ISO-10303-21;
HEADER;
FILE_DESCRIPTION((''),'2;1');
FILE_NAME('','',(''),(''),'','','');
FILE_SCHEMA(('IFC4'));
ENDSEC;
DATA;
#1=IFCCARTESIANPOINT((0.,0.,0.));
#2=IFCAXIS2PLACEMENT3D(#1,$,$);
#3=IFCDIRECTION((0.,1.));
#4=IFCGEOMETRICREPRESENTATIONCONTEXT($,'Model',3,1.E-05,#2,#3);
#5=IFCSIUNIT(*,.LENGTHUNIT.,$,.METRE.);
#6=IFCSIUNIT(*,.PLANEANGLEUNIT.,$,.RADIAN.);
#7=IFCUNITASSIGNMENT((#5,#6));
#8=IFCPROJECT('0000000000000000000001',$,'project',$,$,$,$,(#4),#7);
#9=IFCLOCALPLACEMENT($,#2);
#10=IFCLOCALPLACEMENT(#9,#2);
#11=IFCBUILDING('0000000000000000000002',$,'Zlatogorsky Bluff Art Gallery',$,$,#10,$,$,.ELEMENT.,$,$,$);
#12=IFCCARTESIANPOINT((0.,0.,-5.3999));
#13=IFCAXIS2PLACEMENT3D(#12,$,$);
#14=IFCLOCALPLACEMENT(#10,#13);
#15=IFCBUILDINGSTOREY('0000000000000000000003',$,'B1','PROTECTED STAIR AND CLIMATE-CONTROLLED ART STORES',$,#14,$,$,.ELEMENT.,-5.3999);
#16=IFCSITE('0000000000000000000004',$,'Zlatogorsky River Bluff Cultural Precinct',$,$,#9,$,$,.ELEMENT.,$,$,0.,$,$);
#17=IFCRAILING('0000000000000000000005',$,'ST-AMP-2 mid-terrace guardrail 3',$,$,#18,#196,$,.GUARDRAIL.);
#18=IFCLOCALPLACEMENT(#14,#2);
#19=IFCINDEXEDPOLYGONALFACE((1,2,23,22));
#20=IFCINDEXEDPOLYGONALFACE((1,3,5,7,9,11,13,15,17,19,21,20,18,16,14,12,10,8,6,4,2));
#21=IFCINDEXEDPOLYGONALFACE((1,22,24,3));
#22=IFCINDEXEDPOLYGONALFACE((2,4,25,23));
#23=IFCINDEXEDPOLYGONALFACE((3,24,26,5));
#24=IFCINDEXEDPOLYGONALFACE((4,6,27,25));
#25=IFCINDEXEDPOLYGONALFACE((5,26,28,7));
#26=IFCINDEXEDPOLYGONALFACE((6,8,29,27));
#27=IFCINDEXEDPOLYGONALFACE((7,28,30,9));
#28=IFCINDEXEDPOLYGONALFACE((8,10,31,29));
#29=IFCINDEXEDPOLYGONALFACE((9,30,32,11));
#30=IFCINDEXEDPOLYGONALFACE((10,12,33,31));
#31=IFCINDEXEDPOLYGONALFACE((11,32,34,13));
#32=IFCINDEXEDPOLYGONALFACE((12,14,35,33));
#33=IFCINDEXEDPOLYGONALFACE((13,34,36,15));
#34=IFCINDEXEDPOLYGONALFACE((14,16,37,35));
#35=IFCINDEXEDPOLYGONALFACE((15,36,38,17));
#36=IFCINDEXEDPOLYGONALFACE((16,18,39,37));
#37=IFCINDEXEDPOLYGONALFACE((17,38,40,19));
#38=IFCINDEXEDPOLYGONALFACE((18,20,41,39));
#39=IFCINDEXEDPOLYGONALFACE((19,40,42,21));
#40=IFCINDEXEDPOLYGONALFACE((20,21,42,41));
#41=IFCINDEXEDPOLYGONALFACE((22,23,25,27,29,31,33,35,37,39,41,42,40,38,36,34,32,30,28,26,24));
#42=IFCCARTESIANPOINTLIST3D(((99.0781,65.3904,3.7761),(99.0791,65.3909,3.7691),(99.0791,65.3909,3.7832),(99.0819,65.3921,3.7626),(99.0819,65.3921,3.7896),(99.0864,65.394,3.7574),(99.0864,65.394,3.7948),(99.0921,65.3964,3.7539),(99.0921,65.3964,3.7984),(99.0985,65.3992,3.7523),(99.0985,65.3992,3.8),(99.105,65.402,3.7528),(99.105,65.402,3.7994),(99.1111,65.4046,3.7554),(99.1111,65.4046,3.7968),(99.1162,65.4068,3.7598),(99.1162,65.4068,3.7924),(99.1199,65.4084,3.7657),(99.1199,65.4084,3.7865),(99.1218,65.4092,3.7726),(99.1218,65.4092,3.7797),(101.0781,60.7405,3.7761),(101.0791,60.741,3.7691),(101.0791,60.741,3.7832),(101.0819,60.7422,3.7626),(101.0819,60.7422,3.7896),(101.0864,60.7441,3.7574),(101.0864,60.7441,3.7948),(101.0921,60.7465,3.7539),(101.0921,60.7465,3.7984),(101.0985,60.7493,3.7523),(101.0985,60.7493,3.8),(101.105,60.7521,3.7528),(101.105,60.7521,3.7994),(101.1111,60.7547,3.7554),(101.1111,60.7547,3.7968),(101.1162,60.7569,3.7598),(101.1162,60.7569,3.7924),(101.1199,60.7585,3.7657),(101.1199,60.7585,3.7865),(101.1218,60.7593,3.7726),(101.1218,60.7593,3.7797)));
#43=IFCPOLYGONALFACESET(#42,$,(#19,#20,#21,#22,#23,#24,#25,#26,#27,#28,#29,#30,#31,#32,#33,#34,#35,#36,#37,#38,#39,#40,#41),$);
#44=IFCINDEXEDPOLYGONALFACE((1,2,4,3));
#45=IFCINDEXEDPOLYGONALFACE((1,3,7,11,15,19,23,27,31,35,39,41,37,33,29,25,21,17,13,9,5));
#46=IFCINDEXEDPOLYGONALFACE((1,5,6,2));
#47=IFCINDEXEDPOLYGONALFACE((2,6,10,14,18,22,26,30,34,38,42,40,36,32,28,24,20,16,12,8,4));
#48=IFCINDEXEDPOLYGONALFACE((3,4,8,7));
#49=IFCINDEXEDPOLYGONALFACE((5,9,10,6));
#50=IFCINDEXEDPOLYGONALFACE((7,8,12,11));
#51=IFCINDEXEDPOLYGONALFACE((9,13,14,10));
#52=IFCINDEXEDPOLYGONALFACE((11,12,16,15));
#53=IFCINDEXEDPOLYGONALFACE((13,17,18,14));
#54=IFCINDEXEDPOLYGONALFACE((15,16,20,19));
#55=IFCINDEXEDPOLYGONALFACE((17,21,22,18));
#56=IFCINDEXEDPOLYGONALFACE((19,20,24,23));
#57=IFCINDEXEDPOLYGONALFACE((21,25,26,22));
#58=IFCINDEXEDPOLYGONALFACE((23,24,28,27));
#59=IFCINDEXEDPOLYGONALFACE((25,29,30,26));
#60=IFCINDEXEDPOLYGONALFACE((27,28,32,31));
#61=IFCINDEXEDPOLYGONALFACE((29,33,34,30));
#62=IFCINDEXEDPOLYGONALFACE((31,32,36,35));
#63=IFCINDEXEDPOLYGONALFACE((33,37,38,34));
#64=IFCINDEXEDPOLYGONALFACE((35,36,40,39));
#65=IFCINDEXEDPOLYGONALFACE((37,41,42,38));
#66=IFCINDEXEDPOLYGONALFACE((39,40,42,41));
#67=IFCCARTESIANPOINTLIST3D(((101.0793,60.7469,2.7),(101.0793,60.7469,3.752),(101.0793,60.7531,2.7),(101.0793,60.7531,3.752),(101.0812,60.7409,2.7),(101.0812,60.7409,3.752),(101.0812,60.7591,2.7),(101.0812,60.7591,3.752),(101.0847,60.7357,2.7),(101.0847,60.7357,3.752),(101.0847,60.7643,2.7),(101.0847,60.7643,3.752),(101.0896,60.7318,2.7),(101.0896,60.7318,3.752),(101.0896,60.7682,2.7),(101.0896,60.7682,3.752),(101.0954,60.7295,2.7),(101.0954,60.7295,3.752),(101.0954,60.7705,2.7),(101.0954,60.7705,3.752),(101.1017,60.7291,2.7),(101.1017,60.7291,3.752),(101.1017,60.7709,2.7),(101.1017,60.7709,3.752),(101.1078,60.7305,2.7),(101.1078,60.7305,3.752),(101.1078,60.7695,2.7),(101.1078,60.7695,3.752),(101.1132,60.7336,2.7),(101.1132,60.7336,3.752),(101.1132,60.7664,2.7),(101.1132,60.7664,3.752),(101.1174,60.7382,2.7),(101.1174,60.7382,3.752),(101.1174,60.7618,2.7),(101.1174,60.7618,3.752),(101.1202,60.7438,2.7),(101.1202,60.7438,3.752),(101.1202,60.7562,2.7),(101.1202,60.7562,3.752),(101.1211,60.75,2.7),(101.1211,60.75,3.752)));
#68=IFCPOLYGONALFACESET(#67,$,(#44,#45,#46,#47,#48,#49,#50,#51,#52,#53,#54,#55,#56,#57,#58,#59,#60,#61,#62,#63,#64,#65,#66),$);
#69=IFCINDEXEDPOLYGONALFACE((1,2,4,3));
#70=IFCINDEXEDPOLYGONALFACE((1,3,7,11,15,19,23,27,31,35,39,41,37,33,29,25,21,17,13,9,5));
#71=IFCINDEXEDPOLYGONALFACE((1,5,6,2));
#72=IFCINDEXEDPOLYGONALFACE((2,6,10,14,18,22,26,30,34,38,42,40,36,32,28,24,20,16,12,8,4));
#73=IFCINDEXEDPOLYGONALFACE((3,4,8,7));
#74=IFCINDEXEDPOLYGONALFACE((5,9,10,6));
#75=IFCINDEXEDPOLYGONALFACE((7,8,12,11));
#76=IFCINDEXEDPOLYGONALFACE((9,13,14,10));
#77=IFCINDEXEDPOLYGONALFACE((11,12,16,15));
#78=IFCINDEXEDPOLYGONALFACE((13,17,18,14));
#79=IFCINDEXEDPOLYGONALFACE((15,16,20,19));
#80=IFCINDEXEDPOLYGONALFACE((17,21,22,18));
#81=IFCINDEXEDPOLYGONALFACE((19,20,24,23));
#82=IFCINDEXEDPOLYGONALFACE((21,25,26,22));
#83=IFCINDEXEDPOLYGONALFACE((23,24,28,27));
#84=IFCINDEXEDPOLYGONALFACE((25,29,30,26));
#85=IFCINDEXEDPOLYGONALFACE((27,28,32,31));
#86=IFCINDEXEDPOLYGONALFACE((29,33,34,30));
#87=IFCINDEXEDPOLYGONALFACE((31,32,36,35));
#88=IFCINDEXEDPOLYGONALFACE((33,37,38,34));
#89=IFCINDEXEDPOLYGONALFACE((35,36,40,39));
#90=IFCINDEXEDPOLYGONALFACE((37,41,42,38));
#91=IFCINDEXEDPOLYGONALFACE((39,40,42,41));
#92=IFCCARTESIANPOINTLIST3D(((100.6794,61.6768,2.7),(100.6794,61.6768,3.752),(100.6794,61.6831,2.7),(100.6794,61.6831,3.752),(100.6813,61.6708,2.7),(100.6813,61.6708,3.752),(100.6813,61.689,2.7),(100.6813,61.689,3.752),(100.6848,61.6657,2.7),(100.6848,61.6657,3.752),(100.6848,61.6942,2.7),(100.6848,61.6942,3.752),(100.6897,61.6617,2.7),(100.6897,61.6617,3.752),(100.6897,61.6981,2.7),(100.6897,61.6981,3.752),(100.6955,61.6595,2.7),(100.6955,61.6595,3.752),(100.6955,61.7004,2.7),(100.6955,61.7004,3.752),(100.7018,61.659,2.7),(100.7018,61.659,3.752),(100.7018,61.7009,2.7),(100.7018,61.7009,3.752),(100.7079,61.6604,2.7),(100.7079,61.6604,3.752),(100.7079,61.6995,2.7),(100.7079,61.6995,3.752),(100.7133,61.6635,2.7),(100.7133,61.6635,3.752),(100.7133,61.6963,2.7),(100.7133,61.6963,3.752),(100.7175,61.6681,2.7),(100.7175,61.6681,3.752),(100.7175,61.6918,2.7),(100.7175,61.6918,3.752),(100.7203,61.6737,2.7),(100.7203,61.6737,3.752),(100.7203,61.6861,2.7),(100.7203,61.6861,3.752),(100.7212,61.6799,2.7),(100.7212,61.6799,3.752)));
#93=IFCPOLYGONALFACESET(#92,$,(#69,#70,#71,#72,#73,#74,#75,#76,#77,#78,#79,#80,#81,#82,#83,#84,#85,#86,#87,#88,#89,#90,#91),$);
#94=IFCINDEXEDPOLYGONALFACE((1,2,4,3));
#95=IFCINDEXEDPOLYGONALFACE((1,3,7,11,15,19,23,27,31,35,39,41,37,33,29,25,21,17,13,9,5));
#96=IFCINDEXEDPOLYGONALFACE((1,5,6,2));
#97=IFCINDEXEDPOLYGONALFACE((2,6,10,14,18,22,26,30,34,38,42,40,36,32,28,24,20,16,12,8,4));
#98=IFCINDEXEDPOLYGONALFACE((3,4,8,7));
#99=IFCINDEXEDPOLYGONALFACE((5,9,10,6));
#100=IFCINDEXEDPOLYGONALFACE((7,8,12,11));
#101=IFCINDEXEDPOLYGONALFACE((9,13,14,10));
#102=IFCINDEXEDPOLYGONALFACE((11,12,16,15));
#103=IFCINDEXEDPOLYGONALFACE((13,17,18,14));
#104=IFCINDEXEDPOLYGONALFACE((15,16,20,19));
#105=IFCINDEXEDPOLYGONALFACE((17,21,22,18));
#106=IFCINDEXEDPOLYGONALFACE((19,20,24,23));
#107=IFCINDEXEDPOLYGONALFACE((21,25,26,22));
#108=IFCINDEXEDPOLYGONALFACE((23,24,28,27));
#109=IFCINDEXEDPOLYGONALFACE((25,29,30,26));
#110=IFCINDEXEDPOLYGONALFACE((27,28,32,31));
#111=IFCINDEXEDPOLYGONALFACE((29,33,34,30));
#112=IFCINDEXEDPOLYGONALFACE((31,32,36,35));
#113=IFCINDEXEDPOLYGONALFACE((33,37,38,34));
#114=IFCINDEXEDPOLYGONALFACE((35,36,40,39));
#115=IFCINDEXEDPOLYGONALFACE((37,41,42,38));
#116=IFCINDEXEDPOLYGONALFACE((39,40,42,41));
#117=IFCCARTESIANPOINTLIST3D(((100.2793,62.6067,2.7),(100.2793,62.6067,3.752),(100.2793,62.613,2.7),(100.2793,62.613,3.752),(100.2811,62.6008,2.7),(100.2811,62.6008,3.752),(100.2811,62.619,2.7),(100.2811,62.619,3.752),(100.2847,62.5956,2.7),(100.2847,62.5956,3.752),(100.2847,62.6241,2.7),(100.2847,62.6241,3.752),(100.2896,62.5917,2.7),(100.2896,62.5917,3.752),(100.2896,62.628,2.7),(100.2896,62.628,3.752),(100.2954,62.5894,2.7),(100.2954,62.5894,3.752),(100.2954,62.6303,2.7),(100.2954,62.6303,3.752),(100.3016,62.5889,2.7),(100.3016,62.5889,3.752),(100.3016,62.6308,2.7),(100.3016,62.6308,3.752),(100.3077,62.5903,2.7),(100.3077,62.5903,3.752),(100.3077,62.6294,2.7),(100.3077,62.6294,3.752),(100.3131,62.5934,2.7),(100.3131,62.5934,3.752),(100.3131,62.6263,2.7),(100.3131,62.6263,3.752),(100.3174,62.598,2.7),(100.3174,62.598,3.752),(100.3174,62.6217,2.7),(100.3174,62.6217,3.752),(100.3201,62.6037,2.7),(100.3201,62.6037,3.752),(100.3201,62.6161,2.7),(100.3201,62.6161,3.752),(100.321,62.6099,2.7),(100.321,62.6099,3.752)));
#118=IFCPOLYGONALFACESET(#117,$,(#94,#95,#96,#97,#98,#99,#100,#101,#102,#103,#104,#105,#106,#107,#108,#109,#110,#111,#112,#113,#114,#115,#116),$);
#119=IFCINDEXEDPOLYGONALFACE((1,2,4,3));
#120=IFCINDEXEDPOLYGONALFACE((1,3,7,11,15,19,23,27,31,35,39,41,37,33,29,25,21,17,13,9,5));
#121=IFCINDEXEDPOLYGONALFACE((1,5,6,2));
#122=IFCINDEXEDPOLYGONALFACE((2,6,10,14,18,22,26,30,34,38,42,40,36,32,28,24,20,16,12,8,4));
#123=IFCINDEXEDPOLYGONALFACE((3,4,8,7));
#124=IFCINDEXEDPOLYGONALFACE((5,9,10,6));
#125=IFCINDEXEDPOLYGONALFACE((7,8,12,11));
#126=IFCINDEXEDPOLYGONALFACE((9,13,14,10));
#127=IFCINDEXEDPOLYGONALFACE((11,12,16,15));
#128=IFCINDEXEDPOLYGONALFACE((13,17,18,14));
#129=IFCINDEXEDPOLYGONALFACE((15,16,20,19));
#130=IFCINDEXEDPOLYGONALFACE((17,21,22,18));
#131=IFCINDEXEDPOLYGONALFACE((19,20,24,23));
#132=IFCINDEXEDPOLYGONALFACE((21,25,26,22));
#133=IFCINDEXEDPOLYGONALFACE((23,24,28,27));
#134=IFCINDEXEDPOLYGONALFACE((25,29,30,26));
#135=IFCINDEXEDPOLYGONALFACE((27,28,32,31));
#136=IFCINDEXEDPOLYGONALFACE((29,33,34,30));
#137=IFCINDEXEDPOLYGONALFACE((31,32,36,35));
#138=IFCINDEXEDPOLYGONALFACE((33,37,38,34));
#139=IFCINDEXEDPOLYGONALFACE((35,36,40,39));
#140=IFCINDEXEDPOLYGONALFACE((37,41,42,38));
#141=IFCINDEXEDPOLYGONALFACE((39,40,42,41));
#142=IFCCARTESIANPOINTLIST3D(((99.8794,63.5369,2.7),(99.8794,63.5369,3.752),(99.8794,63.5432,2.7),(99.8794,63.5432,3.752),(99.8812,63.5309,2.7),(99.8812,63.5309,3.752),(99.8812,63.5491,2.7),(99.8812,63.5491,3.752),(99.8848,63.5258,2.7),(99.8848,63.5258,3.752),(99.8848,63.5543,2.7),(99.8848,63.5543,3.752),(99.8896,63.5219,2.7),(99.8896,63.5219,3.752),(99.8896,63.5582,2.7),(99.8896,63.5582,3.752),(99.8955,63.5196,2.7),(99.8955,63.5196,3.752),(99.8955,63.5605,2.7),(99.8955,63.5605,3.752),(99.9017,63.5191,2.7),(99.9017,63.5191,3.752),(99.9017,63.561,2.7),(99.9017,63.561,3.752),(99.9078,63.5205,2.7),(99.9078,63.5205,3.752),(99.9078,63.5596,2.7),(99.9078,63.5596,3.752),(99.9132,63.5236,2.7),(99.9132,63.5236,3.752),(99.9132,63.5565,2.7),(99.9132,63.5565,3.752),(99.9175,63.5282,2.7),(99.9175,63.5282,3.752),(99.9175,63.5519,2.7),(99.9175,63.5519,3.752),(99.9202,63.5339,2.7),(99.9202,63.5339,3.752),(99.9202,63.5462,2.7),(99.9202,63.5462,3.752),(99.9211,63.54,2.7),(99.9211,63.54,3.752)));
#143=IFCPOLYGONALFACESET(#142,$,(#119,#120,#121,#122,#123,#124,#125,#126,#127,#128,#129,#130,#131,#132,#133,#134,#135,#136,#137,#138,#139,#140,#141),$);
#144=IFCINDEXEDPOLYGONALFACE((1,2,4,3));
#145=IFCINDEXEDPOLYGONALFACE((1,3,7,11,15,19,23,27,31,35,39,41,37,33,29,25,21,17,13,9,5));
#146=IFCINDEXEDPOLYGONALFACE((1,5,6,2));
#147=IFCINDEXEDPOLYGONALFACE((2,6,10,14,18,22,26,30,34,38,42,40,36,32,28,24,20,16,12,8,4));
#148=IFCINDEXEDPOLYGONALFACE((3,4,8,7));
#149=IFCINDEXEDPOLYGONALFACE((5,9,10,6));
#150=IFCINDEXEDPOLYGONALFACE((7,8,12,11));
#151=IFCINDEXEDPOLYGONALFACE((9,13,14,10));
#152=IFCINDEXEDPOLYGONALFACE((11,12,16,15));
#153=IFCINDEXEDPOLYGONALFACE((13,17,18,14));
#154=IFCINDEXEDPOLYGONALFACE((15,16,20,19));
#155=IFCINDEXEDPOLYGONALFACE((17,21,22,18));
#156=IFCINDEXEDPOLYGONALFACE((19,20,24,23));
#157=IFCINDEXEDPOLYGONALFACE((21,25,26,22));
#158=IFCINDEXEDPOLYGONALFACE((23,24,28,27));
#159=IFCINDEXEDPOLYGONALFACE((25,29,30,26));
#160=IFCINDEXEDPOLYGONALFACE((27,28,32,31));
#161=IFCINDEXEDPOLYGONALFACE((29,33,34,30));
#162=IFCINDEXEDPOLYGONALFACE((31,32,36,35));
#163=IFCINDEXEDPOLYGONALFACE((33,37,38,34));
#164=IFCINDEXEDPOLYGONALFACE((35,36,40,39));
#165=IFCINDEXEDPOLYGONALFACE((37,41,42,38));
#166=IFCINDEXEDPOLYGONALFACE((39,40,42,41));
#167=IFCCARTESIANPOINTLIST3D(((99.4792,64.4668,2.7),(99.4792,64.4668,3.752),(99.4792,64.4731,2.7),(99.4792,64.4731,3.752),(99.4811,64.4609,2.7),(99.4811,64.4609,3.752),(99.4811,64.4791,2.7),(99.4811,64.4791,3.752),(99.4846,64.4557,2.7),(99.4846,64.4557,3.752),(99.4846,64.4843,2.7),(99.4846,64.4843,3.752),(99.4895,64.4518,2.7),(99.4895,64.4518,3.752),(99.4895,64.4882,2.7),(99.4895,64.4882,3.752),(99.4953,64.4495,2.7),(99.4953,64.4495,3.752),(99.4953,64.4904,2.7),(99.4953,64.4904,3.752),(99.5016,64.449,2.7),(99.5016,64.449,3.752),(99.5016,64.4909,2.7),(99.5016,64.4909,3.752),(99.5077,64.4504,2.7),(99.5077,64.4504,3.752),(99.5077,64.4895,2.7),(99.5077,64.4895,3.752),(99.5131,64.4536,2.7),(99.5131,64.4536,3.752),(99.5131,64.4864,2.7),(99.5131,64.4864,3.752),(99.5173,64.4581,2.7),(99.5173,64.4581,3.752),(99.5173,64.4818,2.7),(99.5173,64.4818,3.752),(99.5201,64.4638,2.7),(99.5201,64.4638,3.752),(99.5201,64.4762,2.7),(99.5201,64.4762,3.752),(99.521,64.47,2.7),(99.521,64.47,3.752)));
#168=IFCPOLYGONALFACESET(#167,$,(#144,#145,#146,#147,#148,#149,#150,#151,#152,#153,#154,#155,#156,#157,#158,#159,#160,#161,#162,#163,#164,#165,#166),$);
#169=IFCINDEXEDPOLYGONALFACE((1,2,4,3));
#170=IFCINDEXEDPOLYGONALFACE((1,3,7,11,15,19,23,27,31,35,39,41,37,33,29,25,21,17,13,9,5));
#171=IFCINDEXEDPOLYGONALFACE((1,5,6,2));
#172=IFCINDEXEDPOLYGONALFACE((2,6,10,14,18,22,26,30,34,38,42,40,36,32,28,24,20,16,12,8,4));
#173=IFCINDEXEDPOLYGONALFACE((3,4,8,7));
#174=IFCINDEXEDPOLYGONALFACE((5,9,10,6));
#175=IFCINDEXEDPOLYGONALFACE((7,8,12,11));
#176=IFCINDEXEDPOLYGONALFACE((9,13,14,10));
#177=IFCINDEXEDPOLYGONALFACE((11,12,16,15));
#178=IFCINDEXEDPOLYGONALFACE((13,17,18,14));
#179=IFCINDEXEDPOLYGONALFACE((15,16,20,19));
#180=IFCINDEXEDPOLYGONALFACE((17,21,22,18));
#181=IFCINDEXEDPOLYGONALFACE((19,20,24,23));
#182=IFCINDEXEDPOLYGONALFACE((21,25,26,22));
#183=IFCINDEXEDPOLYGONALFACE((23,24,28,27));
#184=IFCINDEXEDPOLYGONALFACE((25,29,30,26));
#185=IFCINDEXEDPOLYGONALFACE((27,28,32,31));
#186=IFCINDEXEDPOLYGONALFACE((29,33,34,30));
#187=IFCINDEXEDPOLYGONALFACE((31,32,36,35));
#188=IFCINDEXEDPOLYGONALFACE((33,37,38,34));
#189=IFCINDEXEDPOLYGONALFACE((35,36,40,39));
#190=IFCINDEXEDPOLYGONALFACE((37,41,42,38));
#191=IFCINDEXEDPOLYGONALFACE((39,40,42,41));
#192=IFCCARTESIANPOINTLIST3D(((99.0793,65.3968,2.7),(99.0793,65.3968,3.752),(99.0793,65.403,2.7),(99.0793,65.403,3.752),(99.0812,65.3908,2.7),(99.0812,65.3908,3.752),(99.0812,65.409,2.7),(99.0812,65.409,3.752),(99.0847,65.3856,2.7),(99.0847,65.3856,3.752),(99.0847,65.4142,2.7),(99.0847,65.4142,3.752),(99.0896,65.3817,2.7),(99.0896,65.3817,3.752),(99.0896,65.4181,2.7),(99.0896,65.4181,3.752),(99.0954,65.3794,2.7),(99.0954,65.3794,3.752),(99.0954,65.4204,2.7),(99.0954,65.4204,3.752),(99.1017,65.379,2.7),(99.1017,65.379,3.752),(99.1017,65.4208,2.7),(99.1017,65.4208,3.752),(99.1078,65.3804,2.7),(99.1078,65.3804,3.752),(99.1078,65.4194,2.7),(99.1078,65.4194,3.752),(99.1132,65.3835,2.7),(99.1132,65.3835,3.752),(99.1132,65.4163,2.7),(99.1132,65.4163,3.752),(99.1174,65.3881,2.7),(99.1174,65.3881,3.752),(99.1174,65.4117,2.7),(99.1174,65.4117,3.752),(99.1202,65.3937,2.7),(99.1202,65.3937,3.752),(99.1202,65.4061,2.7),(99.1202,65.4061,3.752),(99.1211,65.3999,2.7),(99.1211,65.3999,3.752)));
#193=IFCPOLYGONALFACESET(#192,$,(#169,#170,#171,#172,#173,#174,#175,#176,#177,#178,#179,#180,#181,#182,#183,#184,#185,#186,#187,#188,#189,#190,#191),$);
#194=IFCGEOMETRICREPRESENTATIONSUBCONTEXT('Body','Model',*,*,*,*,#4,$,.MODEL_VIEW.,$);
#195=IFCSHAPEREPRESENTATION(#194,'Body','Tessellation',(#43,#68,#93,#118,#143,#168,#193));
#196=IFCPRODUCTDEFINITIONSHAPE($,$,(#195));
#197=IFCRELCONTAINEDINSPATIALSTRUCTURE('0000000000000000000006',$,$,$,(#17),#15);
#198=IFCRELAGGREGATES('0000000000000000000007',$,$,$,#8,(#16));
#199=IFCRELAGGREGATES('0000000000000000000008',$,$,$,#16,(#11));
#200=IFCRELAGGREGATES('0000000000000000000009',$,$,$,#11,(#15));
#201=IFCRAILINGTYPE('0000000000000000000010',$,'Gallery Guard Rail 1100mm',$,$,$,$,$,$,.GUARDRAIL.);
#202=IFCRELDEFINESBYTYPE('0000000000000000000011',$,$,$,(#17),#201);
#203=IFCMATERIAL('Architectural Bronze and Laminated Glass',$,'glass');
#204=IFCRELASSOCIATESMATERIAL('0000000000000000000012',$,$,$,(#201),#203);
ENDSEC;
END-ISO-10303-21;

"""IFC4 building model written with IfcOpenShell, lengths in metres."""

from ifc_helpers import new_model, si_unit, direction, frame, origin, origin_2d, place, context, subcontext, project, spatial, circle, extrude, material, type_object, element, save


model = new_model("IFC4")

# Units and contexts
model_context = context("Model", 3, precision=1e-05, world=origin(), true_north=direction((0.0, 1.0)))
body_context = subcontext(model_context, "Body", "Model", "MODEL_VIEW")
ifc_project = project(units=[si_unit("LENGTHUNIT", "METRE"), si_unit("PLANEANGLEUNIT", "RADIAN")], contexts=[model_context])

# Site, building, storey
site_placement = place(None, origin())
site = spatial("IfcSite", under=ifc_project, at=site_placement, Name="Zlatogorsky River Bluff Cultural Precinct", CompositionType="ELEMENT", RefElevation=0.0)
building_placement = place(site_placement, origin())
building = spatial("IfcBuilding", under=site, at=building_placement, Name="Zlatogorsky Bluff Art Gallery", CompositionType="ELEMENT")
storey_placement = place(building_placement, frame((0.0, 0.0, -5.3999)))
storey = spatial("IfcBuildingStorey", under=building, at=storey_placement, Name="B1", Description="PROTECTED STAIR AND CLIMATE-CONTROLLED ART STORES", CompositionType="ELEMENT", Elevation=-5.3999)

# Railing
ifc_material_1 = material(Name="Architectural Bronze and Laminated Glass", Category="glass")
railing_type_1 = type_object("IfcRailingType", Name="Gallery Guard Rail 1100mm", PredefinedType="GUARDRAIL", material=ifc_material_1)
railing_1_placement = place(storey_placement, frame((101.1001, 60.75, 2.7)))
element("IfcRailing", 1, at=railing_1_placement, inside=storey, type_object=railing_type_1, Name="ST-AMP-2 mid-terrace guardrail 3", PredefinedType="GUARDRAIL", context=body_context, shape_type="SweptSolid", body=[
    extrude(circle(Radius=0.0239, at=origin_2d()), frame((0.0, 0.0, 1.0762), z_axis=(-0.395118, 0.91863, 0.0), x_axis=(-0.91863, -0.395118, 0.0)), (0.0, 0.0, 1.0), 5.0618),
    extrude(circle(Radius=0.021, at=origin_2d()), origin(), (0.0, 0.0, 1.0), 1.052),
    extrude(circle(Radius=0.021, at=origin_2d()), frame((-0.3999, 0.9299, 0.0)), (0.0, 0.0, 1.0), 1.052),
    extrude(circle(Radius=0.021, at=origin_2d()), frame((-0.8, 1.8599, 0.0)), (0.0, 0.0, 1.0), 1.052),
    extrude(circle(Radius=0.021, at=origin_2d()), frame((-1.2, 2.79, 0.0)), (0.0, 0.0, 1.0), 1.052),
    extrude(circle(Radius=0.021, at=origin_2d()), frame((-1.6001, 3.72, 0.0)), (0.0, 0.0, 1.0), 1.052),
    extrude(circle(Radius=0.021, at=origin_2d()), frame((-2.0, 4.6499, 0.0)), (0.0, 0.0, 1.0), 1.052),
])

save(model, "model.ifc")
